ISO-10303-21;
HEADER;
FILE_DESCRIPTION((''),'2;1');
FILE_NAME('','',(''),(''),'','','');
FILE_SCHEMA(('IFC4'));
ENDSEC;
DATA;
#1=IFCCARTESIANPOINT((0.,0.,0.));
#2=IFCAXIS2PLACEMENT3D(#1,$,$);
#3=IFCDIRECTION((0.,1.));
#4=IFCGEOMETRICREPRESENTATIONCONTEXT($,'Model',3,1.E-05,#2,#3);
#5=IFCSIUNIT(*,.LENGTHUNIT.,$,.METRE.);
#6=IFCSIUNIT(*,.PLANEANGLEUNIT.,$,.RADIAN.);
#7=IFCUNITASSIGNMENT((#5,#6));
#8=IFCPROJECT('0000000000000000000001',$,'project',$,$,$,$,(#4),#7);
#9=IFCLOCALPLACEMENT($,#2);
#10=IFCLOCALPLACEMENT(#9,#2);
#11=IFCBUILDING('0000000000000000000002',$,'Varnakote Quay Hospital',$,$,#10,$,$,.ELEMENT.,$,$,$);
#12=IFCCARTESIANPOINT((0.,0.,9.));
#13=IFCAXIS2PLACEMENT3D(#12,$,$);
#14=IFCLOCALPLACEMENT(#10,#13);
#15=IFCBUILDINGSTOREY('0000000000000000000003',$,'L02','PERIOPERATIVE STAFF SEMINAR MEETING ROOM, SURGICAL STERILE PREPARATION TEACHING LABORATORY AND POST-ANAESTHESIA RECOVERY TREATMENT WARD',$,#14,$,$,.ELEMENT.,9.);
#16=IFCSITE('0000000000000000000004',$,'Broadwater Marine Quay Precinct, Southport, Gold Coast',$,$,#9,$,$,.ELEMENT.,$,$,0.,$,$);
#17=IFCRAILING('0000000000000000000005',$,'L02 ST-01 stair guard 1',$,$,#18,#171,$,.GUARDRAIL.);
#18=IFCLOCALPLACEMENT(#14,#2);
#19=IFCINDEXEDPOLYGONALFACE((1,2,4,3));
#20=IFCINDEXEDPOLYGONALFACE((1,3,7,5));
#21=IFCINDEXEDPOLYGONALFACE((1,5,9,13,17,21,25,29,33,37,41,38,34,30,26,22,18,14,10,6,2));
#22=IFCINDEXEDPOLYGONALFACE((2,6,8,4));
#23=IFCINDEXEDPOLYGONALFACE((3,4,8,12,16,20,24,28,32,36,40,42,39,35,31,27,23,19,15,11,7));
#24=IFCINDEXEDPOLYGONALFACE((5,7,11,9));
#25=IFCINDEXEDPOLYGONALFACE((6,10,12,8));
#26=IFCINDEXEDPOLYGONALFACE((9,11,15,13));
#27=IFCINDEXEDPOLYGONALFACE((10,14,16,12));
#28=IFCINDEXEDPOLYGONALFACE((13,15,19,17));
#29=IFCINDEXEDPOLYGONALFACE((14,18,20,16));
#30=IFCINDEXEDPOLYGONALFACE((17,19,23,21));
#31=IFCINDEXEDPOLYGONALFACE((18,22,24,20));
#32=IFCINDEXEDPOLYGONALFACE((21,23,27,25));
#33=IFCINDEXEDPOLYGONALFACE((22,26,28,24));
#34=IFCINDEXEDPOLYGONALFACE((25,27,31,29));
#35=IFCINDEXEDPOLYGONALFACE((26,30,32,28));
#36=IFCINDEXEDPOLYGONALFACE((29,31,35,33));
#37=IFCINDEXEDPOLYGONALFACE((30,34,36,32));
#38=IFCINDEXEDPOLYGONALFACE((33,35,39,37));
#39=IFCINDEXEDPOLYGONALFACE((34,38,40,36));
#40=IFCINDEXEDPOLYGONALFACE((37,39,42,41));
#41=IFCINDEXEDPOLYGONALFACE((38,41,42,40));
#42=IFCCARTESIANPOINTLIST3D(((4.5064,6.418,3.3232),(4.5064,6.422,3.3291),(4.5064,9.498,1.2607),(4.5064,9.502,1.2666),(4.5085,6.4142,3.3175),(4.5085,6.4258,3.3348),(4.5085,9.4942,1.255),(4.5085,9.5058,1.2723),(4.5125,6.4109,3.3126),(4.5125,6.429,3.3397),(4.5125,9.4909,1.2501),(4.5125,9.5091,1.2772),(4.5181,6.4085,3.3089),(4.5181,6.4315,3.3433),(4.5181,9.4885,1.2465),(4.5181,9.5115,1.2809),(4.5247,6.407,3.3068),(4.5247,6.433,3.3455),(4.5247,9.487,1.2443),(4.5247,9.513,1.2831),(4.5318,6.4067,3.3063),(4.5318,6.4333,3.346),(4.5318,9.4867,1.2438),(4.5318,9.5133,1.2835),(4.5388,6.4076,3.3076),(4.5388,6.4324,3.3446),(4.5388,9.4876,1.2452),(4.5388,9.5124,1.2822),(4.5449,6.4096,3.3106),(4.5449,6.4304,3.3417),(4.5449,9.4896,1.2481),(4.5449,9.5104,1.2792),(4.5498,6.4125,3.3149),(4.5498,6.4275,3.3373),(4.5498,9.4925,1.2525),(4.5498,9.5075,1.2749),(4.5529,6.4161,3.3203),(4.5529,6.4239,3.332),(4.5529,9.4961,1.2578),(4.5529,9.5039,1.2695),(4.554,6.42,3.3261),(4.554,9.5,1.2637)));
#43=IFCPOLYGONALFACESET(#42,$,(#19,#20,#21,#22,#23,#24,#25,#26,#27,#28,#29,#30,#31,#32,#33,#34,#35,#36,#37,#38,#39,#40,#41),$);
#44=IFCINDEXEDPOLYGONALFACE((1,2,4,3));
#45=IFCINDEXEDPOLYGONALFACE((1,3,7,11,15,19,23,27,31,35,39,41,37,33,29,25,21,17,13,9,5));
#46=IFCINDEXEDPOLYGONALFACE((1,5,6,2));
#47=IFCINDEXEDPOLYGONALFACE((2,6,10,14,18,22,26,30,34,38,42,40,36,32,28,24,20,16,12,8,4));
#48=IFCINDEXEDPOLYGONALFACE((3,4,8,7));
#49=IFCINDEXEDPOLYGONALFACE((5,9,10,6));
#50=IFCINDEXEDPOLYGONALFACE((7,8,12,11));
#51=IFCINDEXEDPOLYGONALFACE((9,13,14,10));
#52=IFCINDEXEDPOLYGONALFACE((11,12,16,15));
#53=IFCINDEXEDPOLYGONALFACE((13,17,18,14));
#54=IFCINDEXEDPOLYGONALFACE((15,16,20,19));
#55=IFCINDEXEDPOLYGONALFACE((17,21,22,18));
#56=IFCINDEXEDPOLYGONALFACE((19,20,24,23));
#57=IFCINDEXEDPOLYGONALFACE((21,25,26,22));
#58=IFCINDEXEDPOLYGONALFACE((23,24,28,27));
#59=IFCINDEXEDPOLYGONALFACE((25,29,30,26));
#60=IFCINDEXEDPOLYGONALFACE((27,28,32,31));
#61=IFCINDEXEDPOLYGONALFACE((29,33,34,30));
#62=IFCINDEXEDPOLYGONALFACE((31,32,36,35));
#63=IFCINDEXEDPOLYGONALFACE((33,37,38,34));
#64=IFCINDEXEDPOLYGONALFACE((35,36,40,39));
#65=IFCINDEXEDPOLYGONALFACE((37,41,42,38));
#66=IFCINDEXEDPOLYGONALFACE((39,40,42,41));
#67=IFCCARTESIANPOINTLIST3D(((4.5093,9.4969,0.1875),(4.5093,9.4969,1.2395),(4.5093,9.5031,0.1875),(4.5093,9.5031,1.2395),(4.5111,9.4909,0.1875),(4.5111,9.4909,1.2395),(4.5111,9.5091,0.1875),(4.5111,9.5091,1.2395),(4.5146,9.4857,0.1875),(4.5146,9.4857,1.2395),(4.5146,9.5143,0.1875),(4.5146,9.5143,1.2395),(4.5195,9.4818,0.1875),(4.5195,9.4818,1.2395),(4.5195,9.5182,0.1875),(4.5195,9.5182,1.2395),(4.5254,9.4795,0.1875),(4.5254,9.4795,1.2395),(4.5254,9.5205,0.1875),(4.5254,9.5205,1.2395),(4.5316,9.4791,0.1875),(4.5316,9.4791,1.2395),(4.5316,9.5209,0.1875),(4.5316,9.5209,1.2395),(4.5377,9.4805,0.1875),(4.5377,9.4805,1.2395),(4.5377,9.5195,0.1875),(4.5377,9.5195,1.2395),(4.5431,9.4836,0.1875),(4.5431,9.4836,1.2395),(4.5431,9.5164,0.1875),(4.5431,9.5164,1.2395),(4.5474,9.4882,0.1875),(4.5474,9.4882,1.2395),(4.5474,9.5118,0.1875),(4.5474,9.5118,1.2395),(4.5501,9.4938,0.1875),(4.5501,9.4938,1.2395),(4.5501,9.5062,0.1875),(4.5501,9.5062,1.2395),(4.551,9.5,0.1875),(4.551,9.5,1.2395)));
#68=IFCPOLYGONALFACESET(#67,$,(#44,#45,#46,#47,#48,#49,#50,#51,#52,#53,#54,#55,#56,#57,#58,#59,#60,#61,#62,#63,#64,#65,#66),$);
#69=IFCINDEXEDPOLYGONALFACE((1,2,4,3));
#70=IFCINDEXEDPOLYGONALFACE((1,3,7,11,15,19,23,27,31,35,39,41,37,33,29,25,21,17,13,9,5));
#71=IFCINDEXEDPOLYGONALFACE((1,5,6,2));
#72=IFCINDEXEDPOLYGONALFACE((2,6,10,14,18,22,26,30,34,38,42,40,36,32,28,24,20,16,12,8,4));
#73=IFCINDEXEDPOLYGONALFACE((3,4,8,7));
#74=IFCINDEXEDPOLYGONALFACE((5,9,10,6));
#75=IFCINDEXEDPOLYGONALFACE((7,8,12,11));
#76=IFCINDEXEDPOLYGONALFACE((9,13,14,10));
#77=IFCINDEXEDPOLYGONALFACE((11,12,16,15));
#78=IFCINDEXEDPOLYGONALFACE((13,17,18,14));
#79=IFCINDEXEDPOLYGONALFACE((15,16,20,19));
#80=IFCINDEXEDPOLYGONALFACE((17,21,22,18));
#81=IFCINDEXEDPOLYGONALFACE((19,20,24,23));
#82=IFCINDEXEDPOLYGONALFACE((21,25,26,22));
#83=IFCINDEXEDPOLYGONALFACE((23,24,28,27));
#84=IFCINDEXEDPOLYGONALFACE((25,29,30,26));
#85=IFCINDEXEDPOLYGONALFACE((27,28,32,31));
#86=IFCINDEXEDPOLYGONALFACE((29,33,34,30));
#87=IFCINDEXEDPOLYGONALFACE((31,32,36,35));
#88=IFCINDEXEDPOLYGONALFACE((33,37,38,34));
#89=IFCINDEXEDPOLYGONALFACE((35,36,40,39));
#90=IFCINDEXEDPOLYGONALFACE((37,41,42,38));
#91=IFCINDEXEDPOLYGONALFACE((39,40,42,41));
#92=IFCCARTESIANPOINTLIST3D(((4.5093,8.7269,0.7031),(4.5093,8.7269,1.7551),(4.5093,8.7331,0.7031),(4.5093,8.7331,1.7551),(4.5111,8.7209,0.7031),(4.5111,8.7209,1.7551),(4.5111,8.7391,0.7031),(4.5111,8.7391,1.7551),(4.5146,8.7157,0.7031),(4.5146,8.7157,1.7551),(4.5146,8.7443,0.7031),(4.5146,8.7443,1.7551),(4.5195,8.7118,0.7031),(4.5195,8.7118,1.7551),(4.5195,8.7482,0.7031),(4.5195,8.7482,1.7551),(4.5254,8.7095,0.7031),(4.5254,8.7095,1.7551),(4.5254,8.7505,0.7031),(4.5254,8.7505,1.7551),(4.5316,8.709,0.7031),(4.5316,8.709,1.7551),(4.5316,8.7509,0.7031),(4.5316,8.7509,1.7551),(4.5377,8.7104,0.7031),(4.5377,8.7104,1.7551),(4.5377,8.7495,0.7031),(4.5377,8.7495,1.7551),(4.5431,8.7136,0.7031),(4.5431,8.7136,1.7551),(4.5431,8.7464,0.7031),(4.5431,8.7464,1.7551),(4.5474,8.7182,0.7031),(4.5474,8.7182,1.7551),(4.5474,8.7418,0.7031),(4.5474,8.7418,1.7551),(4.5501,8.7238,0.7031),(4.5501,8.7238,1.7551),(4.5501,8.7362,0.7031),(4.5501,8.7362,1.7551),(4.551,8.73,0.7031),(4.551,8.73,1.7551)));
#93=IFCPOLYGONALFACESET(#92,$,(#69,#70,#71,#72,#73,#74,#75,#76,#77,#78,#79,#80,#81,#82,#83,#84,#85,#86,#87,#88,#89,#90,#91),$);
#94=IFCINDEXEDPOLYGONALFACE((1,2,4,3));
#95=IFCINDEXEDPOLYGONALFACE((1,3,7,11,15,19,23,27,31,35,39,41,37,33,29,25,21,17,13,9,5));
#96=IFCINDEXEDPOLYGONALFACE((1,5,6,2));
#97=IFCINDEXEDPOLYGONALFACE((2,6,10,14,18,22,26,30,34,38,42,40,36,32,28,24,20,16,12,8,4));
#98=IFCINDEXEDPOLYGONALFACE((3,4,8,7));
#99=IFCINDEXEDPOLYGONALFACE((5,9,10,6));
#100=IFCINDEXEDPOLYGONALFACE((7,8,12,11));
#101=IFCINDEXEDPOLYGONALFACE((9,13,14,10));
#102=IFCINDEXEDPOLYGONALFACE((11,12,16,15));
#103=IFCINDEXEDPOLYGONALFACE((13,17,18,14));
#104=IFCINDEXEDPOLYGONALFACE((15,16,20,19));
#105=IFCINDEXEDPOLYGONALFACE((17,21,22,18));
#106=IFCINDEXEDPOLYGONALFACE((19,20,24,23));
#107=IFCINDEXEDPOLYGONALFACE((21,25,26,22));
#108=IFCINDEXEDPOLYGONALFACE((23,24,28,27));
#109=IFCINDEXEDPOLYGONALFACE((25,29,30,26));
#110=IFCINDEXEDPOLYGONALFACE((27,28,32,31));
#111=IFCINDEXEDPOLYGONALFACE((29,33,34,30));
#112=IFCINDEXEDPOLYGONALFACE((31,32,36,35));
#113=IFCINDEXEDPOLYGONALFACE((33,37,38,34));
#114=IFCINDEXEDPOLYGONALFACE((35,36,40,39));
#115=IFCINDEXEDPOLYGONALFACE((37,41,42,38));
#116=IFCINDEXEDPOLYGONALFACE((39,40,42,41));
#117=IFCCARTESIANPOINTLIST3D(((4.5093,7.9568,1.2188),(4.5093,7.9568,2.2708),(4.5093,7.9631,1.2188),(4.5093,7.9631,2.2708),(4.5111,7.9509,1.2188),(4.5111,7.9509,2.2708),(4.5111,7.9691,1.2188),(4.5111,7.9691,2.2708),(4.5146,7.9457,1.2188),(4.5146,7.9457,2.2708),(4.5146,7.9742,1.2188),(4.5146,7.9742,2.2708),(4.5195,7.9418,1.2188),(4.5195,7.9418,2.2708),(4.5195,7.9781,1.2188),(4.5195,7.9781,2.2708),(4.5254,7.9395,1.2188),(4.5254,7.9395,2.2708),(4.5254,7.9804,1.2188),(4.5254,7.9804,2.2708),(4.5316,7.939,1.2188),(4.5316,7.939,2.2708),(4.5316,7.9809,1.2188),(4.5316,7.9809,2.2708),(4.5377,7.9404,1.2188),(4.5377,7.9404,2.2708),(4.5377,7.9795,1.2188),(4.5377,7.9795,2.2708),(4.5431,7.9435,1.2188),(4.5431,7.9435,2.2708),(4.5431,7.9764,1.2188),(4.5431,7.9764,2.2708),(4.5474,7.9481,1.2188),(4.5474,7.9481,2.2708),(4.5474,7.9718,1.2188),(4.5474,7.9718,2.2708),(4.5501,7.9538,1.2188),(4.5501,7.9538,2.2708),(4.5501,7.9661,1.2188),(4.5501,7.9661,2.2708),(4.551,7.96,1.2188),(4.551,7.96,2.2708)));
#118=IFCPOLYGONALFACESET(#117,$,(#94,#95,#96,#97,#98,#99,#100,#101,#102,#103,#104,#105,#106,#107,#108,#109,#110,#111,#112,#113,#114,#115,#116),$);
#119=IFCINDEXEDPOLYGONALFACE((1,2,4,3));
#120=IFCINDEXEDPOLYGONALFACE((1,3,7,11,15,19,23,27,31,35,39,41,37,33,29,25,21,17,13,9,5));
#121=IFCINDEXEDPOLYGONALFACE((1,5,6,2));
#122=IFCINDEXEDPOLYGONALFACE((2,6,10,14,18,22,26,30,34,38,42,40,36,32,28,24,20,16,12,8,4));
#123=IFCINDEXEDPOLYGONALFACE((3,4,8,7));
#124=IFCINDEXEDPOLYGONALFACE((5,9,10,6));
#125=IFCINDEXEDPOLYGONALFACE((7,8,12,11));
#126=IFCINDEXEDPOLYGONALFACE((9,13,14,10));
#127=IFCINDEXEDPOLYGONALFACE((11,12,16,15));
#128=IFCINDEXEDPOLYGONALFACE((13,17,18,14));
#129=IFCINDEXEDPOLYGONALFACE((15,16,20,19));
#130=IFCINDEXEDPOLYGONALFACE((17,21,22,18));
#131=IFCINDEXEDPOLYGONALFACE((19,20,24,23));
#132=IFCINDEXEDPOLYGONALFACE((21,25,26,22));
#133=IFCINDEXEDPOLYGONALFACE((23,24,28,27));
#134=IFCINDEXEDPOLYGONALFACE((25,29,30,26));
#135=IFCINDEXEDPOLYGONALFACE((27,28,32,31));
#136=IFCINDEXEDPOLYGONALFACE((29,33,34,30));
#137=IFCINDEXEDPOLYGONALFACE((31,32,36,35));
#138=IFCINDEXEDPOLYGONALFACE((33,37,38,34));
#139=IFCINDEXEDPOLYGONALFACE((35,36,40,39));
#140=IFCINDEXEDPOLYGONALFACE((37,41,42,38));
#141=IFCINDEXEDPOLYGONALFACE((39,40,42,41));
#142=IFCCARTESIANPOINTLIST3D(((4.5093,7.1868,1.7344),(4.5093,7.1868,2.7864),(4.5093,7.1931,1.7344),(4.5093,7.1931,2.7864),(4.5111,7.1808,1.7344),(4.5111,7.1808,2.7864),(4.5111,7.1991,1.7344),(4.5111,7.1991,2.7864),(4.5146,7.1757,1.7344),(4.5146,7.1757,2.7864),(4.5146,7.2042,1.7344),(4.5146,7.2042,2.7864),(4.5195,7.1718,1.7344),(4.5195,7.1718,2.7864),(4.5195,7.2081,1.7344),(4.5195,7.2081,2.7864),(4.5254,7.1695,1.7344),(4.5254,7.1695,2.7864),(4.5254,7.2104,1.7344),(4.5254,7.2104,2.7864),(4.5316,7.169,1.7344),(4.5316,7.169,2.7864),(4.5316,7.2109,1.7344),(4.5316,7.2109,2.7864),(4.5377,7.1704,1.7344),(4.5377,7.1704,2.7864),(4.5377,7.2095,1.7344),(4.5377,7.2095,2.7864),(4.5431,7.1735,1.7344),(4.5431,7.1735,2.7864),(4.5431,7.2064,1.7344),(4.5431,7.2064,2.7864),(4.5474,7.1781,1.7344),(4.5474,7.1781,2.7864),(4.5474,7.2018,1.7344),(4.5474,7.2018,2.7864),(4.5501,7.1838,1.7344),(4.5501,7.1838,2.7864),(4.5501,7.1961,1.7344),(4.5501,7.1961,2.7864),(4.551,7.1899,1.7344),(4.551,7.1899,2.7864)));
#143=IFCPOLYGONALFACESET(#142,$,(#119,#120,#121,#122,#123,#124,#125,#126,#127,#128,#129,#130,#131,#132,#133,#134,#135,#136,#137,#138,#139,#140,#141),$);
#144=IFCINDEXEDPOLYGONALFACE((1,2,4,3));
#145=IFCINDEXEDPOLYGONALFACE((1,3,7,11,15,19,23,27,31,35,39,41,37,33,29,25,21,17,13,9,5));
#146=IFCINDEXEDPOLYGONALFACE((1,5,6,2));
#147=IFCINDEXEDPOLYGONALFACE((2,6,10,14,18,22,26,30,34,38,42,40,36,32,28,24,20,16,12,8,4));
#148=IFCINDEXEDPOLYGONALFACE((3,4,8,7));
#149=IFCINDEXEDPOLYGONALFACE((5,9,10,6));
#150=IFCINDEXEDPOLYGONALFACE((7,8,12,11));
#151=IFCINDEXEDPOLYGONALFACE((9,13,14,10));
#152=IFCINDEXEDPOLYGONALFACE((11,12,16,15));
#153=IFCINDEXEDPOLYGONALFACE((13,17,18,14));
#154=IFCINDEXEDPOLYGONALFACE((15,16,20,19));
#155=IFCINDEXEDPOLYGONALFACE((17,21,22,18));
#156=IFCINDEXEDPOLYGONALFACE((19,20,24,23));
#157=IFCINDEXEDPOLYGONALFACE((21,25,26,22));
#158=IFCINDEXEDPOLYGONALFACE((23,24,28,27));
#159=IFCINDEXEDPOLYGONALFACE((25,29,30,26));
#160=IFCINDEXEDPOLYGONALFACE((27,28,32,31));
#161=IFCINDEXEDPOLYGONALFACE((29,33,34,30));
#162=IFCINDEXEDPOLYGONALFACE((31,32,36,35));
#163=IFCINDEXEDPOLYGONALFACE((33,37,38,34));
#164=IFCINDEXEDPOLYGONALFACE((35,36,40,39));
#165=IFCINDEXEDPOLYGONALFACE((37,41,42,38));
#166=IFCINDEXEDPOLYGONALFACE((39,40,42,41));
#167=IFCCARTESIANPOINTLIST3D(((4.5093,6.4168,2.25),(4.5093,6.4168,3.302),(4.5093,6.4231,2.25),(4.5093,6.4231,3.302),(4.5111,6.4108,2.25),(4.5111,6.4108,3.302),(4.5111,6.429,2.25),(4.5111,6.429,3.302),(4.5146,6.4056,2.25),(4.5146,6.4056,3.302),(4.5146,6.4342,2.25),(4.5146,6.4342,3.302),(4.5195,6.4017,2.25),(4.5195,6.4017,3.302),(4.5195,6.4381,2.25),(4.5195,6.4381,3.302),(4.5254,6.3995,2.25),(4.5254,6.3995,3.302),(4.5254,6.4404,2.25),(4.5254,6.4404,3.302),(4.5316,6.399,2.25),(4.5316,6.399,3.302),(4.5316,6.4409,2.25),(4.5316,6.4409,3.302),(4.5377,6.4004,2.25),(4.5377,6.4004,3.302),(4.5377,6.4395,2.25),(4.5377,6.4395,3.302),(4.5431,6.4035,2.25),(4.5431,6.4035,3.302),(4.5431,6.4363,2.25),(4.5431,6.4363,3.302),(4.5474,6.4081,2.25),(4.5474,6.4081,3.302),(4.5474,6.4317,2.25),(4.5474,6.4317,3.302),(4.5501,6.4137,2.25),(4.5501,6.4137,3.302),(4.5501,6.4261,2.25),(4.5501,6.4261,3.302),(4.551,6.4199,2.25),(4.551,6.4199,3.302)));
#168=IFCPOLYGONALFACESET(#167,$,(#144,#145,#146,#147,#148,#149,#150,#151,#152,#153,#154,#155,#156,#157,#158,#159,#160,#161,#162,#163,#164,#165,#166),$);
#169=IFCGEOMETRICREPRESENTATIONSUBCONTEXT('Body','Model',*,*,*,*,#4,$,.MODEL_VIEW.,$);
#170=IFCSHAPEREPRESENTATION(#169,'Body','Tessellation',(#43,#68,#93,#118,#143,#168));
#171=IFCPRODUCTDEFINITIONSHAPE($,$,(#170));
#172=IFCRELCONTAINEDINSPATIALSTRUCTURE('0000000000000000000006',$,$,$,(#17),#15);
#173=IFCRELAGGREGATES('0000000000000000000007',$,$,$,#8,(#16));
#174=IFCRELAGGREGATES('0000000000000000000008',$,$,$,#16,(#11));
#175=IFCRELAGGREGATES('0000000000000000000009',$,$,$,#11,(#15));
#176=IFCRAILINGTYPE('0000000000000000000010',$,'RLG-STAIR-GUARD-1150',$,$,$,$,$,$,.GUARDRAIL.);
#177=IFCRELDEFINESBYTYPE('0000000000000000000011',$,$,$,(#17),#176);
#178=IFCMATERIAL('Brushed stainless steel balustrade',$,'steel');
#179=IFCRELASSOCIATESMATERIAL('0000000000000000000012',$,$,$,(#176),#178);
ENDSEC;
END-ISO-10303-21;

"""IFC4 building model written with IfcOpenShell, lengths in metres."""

from ifc_helpers import new_model, si_unit, direction, frame, origin, origin_2d, place, context, subcontext, project, spatial, circle, extrude, material, type_object, element, save


model = new_model("IFC4")

# Units and contexts
model_context = context("Model", 3, precision=1e-05, world=origin(), true_north=direction((0.0, 1.0)))
body_context = subcontext(model_context, "Body", "Model", "MODEL_VIEW")
ifc_project = project(units=[si_unit("LENGTHUNIT", "METRE"), si_unit("PLANEANGLEUNIT", "RADIAN")], contexts=[model_context])

# Site, building, storey
site_placement = place(None, origin())
site = spatial("IfcSite", under=ifc_project, at=site_placement, Name="Broadwater Marine Quay Precinct, Southport, Gold Coast", CompositionType="ELEMENT", RefElevation=0.0)
building_placement = place(site_placement, origin())
building = spatial("IfcBuilding", under=site, at=building_placement, Name="Varnakote Quay Hospital", CompositionType="ELEMENT")
storey_placement = place(building_placement, frame((0.0, 0.0, 9.0)))
storey = spatial("IfcBuildingStorey", under=building, at=storey_placement, Name="L02", Description="PERIOPERATIVE STAFF SEMINAR MEETING ROOM, SURGICAL STERILE PREPARATION TEACHING LABORATORY AND POST-ANAESTHESIA RECOVERY TREATMENT WARD", CompositionType="ELEMENT", Elevation=9.0)

# Railing
ifc_material_1 = material(Name="Brushed stainless steel balustrade", Category="steel")
railing_type_1 = type_object("IfcRailingType", Name="RLG-STAIR-GUARD-1150", PredefinedType="GUARDRAIL", material=ifc_material_1)
railing_1_placement = place(storey_placement, frame((4.53, 9.5, 0.1875)))
element("IfcRailing", 1, at=railing_1_placement, inside=storey, type_object=railing_type_1, Name="L02 ST-01 stair guard 1", PredefinedType="GUARDRAIL", context=body_context, shape_type="SweptSolid", body=[
    extrude(circle(Radius=0.0239, at=origin_2d()), frame((0.0, 0.0, 1.0762), z_axis=(0.0, -0.830914, 0.556401), x_axis=(1.0, 0.0, 0.0)), (0.0, 0.0, 1.0), 3.7068),
    extrude(circle(Radius=0.021, at=origin_2d()), origin(), (0.0, 0.0, 1.0), 1.052),
    extrude(circle(Radius=0.021, at=origin_2d()), frame((0.0, -0.77, 0.5156)), (0.0, 0.0, 1.0), 1.052),
    extrude(circle(Radius=0.021, at=origin_2d()), frame((0.0, -1.54, 1.0312)), (0.0, 0.0, 1.0), 1.052),
    extrude(circle(Radius=0.021, at=origin_2d()), frame((0.0, -2.3101, 1.5469)), (0.0, 0.0, 1.0), 1.052),
    extrude(circle(Radius=0.021, at=origin_2d()), frame((0.0, -3.0801, 2.0625)), (0.0, 0.0, 1.0), 1.052),
])

save(model, "model.ifc")
